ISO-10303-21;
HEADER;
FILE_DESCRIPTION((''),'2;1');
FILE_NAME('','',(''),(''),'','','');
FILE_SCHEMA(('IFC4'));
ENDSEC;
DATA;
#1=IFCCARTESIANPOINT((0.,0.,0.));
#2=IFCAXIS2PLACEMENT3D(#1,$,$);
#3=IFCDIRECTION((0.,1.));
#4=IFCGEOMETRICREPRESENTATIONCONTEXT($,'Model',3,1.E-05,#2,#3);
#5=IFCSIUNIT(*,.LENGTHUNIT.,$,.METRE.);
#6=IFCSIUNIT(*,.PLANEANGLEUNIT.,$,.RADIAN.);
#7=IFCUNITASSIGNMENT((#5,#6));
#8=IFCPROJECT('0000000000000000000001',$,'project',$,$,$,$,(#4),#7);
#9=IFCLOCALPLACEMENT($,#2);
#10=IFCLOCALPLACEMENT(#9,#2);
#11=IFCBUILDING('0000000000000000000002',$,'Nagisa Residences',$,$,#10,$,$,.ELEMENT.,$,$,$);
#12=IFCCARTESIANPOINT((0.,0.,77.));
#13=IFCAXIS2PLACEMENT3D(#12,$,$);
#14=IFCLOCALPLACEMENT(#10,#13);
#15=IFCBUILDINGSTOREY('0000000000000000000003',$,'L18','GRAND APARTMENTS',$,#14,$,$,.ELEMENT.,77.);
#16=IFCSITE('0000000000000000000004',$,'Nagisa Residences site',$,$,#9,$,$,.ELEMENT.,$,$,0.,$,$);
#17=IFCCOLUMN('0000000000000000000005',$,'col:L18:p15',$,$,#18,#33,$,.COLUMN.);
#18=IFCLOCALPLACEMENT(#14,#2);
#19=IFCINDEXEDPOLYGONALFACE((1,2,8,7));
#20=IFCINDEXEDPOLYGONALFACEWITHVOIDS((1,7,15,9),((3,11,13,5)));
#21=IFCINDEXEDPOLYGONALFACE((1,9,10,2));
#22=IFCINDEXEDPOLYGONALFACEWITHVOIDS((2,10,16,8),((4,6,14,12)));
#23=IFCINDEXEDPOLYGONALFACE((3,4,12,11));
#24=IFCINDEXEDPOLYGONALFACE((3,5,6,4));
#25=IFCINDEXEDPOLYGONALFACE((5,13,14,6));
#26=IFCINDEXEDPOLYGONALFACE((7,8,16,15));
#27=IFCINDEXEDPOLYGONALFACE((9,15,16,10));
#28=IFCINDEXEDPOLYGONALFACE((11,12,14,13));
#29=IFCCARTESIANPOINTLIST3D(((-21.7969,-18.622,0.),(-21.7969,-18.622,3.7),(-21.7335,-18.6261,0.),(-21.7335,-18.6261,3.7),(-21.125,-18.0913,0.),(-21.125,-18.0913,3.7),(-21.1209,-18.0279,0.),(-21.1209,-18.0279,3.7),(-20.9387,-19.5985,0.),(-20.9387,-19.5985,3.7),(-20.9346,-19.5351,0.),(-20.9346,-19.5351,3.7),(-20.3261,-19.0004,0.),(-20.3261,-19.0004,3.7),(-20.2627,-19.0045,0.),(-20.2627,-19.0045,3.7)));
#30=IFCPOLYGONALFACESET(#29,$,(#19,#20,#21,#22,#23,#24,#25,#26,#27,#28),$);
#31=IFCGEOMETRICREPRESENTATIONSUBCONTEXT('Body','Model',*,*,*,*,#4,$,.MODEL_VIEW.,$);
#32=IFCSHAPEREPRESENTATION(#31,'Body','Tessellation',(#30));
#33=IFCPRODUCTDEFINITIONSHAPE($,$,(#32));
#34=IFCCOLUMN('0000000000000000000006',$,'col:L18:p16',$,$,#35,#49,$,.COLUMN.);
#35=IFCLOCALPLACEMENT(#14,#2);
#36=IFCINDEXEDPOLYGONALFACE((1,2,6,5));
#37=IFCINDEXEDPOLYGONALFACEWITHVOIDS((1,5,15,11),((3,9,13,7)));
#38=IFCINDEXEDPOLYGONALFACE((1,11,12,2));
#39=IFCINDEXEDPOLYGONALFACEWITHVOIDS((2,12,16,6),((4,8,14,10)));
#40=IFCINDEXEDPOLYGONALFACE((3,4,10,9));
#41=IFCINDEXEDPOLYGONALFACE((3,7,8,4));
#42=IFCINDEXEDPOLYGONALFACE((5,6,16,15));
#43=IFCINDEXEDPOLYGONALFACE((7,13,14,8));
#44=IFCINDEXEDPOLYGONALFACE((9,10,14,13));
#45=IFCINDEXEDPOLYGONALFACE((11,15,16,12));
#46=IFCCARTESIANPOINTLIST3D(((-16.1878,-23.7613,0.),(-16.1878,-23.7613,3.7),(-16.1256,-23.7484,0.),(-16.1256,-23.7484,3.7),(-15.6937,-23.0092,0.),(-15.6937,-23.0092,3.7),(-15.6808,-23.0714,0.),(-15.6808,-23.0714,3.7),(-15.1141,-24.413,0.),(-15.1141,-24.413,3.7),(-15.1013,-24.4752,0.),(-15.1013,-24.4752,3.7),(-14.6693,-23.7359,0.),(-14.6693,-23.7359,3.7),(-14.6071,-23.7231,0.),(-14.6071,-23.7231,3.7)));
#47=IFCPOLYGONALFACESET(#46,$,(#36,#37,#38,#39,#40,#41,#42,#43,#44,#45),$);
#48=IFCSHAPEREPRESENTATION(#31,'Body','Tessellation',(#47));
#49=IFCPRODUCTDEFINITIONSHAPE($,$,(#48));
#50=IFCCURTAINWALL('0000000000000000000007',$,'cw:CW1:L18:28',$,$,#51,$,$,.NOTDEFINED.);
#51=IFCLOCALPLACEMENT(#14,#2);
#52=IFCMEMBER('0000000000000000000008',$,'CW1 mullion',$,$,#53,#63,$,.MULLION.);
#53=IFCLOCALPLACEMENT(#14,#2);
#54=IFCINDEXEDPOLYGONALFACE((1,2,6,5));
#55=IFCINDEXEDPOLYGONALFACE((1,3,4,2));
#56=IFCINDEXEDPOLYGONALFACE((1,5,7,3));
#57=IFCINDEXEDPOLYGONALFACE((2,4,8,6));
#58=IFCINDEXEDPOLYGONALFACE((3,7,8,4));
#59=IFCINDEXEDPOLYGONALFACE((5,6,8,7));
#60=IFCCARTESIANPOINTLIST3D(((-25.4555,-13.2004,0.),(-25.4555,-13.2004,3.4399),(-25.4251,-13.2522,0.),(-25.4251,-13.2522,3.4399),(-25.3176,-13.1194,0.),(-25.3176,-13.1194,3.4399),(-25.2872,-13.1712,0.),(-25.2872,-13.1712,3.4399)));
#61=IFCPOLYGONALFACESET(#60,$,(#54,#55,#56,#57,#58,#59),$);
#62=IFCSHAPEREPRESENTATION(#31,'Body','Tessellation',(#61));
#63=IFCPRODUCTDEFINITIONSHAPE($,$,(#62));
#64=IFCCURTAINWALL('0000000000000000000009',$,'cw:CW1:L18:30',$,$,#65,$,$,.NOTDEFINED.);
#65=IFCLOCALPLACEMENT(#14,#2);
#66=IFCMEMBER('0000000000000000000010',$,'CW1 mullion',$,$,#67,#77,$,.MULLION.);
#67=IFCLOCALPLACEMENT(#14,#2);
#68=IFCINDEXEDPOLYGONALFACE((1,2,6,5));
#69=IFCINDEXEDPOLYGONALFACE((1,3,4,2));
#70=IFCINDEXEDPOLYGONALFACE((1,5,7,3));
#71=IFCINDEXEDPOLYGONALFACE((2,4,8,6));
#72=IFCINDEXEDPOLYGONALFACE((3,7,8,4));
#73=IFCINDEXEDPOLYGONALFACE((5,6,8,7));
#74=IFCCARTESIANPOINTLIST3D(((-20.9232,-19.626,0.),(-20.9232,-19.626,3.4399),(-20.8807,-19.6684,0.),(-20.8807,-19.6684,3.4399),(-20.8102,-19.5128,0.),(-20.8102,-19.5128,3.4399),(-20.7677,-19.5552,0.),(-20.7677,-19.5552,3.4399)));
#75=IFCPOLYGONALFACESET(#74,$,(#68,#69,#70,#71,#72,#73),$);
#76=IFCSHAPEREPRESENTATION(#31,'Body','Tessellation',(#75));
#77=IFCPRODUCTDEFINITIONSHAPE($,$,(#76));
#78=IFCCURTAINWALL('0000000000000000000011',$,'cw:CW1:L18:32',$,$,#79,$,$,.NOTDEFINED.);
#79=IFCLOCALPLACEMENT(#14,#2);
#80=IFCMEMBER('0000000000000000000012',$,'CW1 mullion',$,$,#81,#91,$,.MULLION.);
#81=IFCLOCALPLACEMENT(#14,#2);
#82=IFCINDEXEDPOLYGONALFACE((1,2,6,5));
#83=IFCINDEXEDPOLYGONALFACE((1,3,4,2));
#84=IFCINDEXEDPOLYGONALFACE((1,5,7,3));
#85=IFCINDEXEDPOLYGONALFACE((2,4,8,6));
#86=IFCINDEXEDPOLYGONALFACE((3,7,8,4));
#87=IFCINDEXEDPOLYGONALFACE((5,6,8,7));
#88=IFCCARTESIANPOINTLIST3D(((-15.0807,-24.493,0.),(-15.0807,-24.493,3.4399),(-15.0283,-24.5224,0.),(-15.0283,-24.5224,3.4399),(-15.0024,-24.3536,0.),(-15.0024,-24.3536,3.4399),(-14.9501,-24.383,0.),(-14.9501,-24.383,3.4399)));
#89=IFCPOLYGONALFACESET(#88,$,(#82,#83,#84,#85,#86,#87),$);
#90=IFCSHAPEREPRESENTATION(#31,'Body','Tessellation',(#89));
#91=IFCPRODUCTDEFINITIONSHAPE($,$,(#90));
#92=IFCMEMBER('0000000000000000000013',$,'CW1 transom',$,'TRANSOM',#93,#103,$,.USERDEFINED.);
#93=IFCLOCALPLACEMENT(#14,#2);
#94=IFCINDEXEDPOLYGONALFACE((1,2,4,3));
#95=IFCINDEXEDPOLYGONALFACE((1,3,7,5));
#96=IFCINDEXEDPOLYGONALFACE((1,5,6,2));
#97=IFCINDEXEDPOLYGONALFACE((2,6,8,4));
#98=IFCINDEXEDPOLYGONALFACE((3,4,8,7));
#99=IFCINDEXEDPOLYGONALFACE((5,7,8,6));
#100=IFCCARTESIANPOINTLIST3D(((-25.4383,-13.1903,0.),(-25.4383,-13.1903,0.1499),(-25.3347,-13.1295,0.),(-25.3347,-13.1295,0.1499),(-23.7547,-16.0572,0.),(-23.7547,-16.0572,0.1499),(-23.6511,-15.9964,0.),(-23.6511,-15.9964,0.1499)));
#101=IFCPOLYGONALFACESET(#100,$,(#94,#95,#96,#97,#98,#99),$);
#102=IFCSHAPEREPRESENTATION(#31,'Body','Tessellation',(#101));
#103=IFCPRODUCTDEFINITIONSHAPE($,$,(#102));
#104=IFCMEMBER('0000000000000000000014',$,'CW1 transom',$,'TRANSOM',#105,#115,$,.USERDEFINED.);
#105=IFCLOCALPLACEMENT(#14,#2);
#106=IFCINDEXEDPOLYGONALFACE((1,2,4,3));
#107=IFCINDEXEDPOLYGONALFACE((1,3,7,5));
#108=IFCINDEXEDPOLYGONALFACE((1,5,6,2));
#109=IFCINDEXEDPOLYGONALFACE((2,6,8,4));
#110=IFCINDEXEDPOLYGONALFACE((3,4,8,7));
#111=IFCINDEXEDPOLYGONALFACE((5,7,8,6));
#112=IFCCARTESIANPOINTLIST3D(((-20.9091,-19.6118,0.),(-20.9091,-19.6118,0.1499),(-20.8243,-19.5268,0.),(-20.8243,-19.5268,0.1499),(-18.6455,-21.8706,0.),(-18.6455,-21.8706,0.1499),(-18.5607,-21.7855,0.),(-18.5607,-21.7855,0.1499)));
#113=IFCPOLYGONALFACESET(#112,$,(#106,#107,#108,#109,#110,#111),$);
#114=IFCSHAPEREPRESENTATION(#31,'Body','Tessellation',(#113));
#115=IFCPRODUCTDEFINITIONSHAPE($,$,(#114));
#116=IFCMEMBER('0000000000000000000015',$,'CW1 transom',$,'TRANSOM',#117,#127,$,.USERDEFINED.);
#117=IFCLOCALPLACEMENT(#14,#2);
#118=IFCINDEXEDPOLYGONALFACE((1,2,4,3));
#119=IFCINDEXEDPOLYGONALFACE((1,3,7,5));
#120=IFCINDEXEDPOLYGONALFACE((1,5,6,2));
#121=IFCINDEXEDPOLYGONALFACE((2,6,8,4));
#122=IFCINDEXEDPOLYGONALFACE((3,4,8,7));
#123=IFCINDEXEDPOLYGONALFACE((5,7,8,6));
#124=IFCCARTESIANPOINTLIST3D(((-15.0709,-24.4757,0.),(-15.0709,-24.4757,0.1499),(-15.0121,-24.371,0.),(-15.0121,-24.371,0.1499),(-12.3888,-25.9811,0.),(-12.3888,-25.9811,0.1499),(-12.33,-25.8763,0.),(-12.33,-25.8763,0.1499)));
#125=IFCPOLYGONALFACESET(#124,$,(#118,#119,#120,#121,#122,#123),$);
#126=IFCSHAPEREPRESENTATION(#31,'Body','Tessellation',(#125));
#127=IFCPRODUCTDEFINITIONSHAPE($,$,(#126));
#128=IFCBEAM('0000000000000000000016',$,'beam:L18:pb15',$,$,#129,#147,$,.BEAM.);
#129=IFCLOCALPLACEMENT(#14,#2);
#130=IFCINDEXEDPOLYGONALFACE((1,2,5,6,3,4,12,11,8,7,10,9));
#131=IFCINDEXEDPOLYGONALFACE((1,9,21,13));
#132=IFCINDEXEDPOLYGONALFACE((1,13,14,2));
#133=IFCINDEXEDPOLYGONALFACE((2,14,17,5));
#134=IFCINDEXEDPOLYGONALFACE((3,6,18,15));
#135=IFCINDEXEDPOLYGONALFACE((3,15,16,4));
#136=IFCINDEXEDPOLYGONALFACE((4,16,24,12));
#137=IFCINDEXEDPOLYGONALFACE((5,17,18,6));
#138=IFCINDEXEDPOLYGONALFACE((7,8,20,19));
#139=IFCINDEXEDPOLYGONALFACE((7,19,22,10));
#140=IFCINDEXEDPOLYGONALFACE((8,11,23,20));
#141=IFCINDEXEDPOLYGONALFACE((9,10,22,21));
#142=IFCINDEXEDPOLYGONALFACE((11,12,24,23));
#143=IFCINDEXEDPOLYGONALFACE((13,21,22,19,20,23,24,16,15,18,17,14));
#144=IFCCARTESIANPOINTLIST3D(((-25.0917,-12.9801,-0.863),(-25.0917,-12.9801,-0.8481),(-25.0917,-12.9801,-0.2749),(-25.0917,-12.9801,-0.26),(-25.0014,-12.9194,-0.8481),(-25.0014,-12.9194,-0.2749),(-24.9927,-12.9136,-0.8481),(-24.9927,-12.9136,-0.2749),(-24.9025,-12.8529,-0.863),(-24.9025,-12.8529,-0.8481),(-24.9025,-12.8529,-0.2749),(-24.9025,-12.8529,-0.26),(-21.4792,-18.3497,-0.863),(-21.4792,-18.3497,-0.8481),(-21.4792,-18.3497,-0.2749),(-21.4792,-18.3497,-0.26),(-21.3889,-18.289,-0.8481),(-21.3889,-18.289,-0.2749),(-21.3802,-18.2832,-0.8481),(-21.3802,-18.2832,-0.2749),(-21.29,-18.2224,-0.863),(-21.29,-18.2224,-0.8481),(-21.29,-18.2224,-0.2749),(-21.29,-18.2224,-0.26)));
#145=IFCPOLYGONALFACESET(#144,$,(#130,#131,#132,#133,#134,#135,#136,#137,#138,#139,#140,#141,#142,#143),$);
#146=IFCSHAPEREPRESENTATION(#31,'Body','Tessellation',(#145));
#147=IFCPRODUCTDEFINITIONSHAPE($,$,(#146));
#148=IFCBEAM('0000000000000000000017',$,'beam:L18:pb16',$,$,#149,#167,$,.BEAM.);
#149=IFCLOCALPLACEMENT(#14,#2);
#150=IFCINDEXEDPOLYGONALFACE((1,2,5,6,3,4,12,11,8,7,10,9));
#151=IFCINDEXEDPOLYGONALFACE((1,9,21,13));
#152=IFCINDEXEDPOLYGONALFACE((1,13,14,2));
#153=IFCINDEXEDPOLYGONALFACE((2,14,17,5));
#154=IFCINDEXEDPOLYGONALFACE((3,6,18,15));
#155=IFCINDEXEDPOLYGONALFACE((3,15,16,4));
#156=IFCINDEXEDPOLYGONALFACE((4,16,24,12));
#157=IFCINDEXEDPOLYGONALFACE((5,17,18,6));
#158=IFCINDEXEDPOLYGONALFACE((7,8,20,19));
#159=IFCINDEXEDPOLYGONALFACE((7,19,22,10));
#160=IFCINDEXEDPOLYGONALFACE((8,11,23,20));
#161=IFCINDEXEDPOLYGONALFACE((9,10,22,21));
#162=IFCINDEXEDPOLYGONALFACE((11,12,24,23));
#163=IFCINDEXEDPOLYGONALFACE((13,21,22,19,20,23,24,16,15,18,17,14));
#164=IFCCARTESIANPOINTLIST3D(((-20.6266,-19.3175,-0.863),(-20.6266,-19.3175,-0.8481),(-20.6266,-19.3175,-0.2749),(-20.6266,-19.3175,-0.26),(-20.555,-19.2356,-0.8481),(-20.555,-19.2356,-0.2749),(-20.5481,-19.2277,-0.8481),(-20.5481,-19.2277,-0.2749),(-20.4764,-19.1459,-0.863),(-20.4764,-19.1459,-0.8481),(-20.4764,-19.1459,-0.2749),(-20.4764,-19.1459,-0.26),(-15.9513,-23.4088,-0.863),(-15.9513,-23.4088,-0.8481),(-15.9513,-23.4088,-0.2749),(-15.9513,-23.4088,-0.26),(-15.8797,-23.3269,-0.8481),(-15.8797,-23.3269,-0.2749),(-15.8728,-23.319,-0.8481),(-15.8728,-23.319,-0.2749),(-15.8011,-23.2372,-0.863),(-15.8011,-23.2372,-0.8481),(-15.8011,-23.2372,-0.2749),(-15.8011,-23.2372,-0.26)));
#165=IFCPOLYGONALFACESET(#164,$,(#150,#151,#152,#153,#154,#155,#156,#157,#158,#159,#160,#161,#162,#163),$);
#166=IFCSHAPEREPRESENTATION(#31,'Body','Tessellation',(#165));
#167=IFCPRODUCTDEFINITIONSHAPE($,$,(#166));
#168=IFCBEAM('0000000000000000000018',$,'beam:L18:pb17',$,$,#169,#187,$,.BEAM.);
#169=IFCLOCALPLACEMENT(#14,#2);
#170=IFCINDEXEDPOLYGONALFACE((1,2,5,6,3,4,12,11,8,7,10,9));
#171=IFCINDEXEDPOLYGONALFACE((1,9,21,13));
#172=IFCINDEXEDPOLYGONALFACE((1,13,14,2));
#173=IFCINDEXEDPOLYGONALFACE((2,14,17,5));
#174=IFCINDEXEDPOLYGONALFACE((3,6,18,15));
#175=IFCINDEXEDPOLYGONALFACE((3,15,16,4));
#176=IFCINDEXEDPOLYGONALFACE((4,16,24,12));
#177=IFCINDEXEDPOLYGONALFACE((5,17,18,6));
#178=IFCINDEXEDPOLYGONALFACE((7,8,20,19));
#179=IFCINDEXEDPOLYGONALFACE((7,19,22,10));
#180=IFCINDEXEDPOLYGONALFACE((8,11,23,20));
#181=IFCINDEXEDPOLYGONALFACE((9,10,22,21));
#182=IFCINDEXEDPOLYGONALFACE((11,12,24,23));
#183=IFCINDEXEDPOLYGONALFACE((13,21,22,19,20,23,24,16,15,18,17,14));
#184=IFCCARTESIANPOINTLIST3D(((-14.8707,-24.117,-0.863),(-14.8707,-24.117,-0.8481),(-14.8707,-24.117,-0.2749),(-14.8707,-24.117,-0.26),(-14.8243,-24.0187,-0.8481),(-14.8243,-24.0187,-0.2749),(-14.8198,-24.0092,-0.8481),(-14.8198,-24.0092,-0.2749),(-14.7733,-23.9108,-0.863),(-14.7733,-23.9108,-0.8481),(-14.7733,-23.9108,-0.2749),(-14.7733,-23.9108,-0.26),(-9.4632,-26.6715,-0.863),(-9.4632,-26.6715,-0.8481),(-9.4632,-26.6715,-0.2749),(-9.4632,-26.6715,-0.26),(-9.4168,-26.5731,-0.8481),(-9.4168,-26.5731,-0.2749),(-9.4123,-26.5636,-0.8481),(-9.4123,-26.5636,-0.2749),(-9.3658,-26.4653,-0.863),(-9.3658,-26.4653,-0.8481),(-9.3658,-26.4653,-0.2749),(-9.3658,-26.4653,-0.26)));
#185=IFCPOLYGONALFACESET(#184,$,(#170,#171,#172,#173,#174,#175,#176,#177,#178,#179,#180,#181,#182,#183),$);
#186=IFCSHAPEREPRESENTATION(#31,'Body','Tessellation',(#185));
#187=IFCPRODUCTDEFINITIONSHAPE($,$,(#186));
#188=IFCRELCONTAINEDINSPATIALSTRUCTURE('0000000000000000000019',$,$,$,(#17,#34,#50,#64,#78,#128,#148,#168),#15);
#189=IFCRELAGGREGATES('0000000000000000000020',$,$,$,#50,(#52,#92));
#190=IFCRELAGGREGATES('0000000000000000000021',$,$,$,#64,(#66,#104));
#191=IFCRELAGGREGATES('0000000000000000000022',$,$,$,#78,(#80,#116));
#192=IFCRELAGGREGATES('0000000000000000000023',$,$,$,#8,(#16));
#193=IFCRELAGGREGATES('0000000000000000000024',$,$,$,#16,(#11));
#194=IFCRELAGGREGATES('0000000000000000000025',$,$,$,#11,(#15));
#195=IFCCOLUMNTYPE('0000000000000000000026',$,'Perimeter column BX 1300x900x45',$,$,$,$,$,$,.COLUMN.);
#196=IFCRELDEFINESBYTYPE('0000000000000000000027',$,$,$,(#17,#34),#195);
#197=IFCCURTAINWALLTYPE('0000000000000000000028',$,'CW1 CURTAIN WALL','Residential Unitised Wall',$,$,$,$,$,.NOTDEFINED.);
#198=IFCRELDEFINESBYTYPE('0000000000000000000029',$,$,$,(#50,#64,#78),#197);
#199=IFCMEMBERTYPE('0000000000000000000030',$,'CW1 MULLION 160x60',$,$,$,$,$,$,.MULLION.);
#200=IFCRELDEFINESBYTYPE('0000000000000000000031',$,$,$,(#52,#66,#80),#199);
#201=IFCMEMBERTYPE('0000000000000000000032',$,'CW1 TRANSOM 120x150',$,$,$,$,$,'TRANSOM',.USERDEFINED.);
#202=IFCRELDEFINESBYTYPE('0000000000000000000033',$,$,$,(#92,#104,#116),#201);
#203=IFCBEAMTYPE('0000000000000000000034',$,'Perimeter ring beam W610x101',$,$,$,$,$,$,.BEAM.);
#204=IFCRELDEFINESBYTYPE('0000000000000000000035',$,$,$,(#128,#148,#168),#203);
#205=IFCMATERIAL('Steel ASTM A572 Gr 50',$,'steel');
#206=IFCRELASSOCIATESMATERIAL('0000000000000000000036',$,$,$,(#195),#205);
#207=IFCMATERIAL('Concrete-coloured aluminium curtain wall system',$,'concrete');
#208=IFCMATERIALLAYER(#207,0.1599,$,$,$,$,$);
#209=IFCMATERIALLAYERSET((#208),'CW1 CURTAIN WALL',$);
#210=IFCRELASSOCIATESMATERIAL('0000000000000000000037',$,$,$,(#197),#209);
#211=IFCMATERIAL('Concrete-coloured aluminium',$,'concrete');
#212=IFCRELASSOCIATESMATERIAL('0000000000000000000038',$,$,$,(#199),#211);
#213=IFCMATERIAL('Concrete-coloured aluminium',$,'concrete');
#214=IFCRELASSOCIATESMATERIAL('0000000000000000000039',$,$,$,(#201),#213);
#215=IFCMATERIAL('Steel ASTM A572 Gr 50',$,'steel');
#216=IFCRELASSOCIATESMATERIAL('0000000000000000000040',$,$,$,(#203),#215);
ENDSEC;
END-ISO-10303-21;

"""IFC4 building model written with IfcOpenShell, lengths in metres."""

from ifc_helpers import new_model, si_unit, direction, frame, origin, origin_2d, place, context, subcontext, project, spatial, rectangle, hollow_rectangle, i_section, extrude, material, layer, layer_set, material_profile, profile_set, type_object, element, aggregate, save


model = new_model("IFC4")

# Units and contexts
model_context = context("Model", 3, precision=1e-05, world=origin(), true_north=direction((0.0, 1.0)))
body_context = subcontext(model_context, "Body", "Model", "MODEL_VIEW")
ifc_project = project(units=[si_unit("LENGTHUNIT", "METRE"), si_unit("PLANEANGLEUNIT", "RADIAN")], contexts=[model_context])

# Site, building, storey
site_placement = place(None, origin())
site = spatial("IfcSite", under=ifc_project, at=site_placement, Name="Nagisa Residences site", CompositionType="ELEMENT", RefElevation=0.0)
building_placement = place(site_placement, origin())
building = spatial("IfcBuilding", under=site, at=building_placement, Name="Nagisa Residences", CompositionType="ELEMENT")
storey_placement = place(building_placement, frame((0.0, 0.0, 77.0)))
storey = spatial("IfcBuildingStorey", under=building, at=storey_placement, Name="L18", Description="GRAND APARTMENTS", CompositionType="ELEMENT", Elevation=77.0)

# Columns
ifc_material_1 = material(Name="Steel ASTM A572 Gr 50", Category="steel")
ifc_material_profile_1 = material_profile(ifc_material_1, hollow_rectangle(XDim=1.3, YDim=0.8999, WallThickness=0.0449, at=origin_2d()), Name="BX 1300x900x45")
ifc_profile_set_1 = profile_set([ifc_material_profile_1], Name="Steel ASTM A572 Gr 50")
column_type = type_object("IfcColumnType", Name="Perimeter column BX 1300x900x45", PredefinedType="COLUMN", material=ifc_profile_set_1)
for number, where, z_axis, x_axis, name in (
    (1, (-21.0298, -18.8132, 0.0), (0.0, 0.0, 1.0), (0.660115, -0.751165, 0.0), "col:L18:p15"),
    (2, (-15.3975, -23.7422, 0.0), (0.0, 0.0, 1.0), (0.835766, -0.549086, 0.0), "col:L18:p16"),
):
    element("IfcColumn", number, at=place(storey_placement, frame(where, z_axis=z_axis, x_axis=x_axis)), inside=storey, type_object=column_type, Name=name, PredefinedType="COLUMN", context=body_context, shape_type="SweptSolid", body=[
        extrude(hollow_rectangle(XDim=1.3, YDim=0.8999, WallThickness=0.0449, at=origin_2d()), origin(), (0.0, 0.0, 1.0), 3.7),
    ])

# Curtain walls, members
ifc_material_2 = material(Name="Concrete-coloured aluminium curtain wall system", Category="concrete")
ifc_layer_1 = layer(ifc_material_2, 0.1599)
ifc_layer_set_1 = layer_set([ifc_layer_1], Name="CW1 CURTAIN WALL")
curtain_wall_type = type_object("IfcCurtainWallType", Name="CW1 CURTAIN WALL", Description="Residential Unitised Wall", PredefinedType="NOTDEFINED", material=ifc_layer_set_1)
curtain_wall_1_placement = place(storey_placement, origin())
curtain_wall_1 = element("IfcCurtainWall", 3, at=curtain_wall_1_placement, inside=storey, type_object=curtain_wall_type, Name="cw:CW1:L18:28", PredefinedType="NOTDEFINED")
ifc_material_3 = material(Name="Concrete-coloured aluminium", Category="concrete")
ifc_material_profile_2 = material_profile(ifc_material_3, rectangle(XDim=0.1599, YDim=0.0601, at=origin_2d()), Name="CW1 MULLION 160x60")
ifc_profile_set_2 = profile_set([ifc_material_profile_2], Name="Concrete-coloured aluminium")
member_type_1 = type_object("IfcMemberType", Name="CW1 MULLION 160x60", PredefinedType="MULLION", material=ifc_profile_set_2)
member_1_placement = place(storey_placement, frame((-25.3713, -13.1858, 0.0), z_axis=(0.0, 0.0, 1.0), x_axis=(0.862329, 0.506349, 0.0)))
member_1 = element("IfcMember", 4, at=member_1_placement, type_object=member_type_1, Name="CW1 mullion", PredefinedType="MULLION", context=body_context, shape_type="SweptSolid", body=[
    extrude(rectangle(XDim=0.1599, YDim=0.0601, at=origin_2d()), origin(), (0.0, 0.0, 1.0), 3.4399),
])
curtain_wall_2_placement = place(storey_placement, origin())
curtain_wall_2 = element("IfcCurtainWall", 5, at=curtain_wall_2_placement, inside=storey, type_object=curtain_wall_type, Name="cw:CW1:L18:30", PredefinedType="NOTDEFINED")
member_2_placement = place(storey_placement, frame((-20.8455, -19.5906, 0.0), z_axis=(0.0, 0.0, 1.0), x_axis=(0.706377, 0.707836, 0.0)))
member_2 = element("IfcMember", 6, at=member_2_placement, type_object=member_type_1, Name="CW1 mullion", PredefinedType="MULLION", context=body_context, shape_type="SweptSolid", body=[
    extrude(rectangle(XDim=0.1599, YDim=0.0601, at=origin_2d()), origin(), (0.0, 0.0, 1.0), 3.4399),
])
curtain_wall_3_placement = place(storey_placement, origin())
curtain_wall_3 = element("IfcCurtainWall", 7, at=curtain_wall_3_placement, inside=storey, type_object=curtain_wall_type, Name="cw:CW1:L18:32", PredefinedType="NOTDEFINED")
member_3_placement = place(storey_placement, frame((-15.0154, -24.438, 0.0), z_axis=(0.0, 0.0, 1.0), x_axis=(0.489377, 0.872072, 0.0)))
member_3 = element("IfcMember", 8, at=member_3_placement, type_object=member_type_1, Name="CW1 mullion", PredefinedType="MULLION", context=body_context, shape_type="SweptSolid", body=[
    extrude(rectangle(XDim=0.1599, YDim=0.0601, at=origin_2d()), origin(), (0.0, 0.0, 1.0), 3.4399),
])

# Members
ifc_material_4 = material(Name="Concrete-coloured aluminium", Category="concrete")
ifc_material_profile_3 = material_profile(ifc_material_4, rectangle(XDim=0.1201, YDim=0.1499, at=origin_2d()), Name="CW1 TRANSOM 120x150")
ifc_profile_set_3 = profile_set([ifc_material_profile_3], Name="Concrete-coloured aluminium")
member_type_2 = type_object("IfcMemberType", Name="CW1 TRANSOM 120x150", ElementType="TRANSOM", PredefinedType="USERDEFINED", material=ifc_profile_set_3)
member_4_placement = place(storey_placement, frame((-25.3865, -13.1599, 0.075), z_axis=(0.506385, -0.862308, 0.0), x_axis=(0.862308, 0.506385, 0.0)))
member_4 = element("IfcMember", 9, at=member_4_placement, type_object=member_type_2, Name="CW1 transom", ObjectType="TRANSOM", PredefinedType="USERDEFINED", context=body_context, shape_type="SweptSolid", body=[
    extrude(rectangle(XDim=0.1201, YDim=0.1499, at=origin_2d()), origin(), (0.0, 0.0, 1.0), 3.3247),
])
member_5_placement = place(storey_placement, frame((-20.8667, -19.5693, 0.075), z_axis=(0.70787, -0.706343, 0.0), x_axis=(0.706343, 0.70787, 0.0)))
member_5 = element("IfcMember", 10, at=member_5_placement, type_object=member_type_2, Name="CW1 transom", ObjectType="TRANSOM", PredefinedType="USERDEFINED", context=body_context, shape_type="SweptSolid", body=[
    extrude(rectangle(XDim=0.1201, YDim=0.1499, at=origin_2d()), origin(), (0.0, 0.0, 1.0), 3.1978),
])
member_6_placement = place(storey_placement, frame((-15.0415, -24.4233, 0.075), z_axis=(0.872037, -0.489439, 0.0), x_axis=(0.489439, 0.872037, 0.0)))
member_6 = element("IfcMember", 11, at=member_6_placement, type_object=member_type_2, Name="CW1 transom", ObjectType="TRANSOM", PredefinedType="USERDEFINED", context=body_context, shape_type="SweptSolid", body=[
    extrude(rectangle(XDim=0.1201, YDim=0.1499, at=origin_2d()), origin(), (0.0, 0.0, 1.0), 3.0757),
])

# Beams
ifc_material_5 = material(Name="Steel ASTM A572 Gr 50", Category="steel")
ifc_material_profile_4 = material_profile(ifc_material_5, i_section(OverallWidth=0.228, OverallDepth=0.603, WebThickness=0.0105, FlangeThickness=0.0149, at=origin_2d()), Name="W610x101")
ifc_profile_set_4 = profile_set([ifc_material_profile_4], Name="Steel ASTM A572 Gr 50")
beam_type_1 = type_object("IfcBeamType", Name="Perimeter ring beam W610x101", PredefinedType="BEAM", material=ifc_profile_set_4)
beam_1_placement = place(storey_placement, frame((-24.9971, -12.9165, -0.5615), z_axis=(0.558204, -0.829704, 0.0), x_axis=(0.829704, 0.558204, 0.0)))
element("IfcBeam", 12, at=beam_1_placement, inside=storey, type_object=beam_type_1, Name="beam:L18:pb15", PredefinedType="BEAM", context=body_context, shape_type="SweptSolid", body=[
    extrude(i_section(OverallWidth=0.228, OverallDepth=0.603, WebThickness=0.0105, FlangeThickness=0.0149, at=origin_2d()), origin(), (0.0, 0.0, 1.0), 6.4717),
])
beam_2_placement = place(storey_placement, frame((-20.5515, -19.2317, -0.5615), z_axis=(0.752543, -0.658544, 0.0), x_axis=(0.658544, 0.752543, 0.0)))
element("IfcBeam", 13, at=beam_2_placement, inside=storey, type_object=beam_type_1, Name="beam:L18:pb16", PredefinedType="BEAM", context=body_context, shape_type="SweptSolid", body=[
    extrude(i_section(OverallWidth=0.228, OverallDepth=0.603, WebThickness=0.0105, FlangeThickness=0.0149, at=origin_2d()), origin(), (0.0, 0.0, 1.0), 6.2126),
])
beam_3_placement = place(storey_placement, frame((-14.822, -24.0139, -0.5615), z_axis=(0.90419, -0.427131, 0.0), x_axis=(0.427131, 0.90419, 0.0)))
element("IfcBeam", 14, at=beam_3_placement, inside=storey, type_object=beam_type_1, Name="beam:L18:pb17", PredefinedType="BEAM", context=body_context, shape_type="SweptSolid", body=[
    extrude(i_section(OverallWidth=0.228, OverallDepth=0.603, WebThickness=0.0105, FlangeThickness=0.0149, at=origin_2d()), origin(), (0.0, 0.0, 1.0), 5.9805),
])

aggregate(curtain_wall_1, [member_1, member_4])
aggregate(curtain_wall_2, [member_2, member_5])
aggregate(curtain_wall_3, [member_3, member_6])

save(model, "model.ifc")
